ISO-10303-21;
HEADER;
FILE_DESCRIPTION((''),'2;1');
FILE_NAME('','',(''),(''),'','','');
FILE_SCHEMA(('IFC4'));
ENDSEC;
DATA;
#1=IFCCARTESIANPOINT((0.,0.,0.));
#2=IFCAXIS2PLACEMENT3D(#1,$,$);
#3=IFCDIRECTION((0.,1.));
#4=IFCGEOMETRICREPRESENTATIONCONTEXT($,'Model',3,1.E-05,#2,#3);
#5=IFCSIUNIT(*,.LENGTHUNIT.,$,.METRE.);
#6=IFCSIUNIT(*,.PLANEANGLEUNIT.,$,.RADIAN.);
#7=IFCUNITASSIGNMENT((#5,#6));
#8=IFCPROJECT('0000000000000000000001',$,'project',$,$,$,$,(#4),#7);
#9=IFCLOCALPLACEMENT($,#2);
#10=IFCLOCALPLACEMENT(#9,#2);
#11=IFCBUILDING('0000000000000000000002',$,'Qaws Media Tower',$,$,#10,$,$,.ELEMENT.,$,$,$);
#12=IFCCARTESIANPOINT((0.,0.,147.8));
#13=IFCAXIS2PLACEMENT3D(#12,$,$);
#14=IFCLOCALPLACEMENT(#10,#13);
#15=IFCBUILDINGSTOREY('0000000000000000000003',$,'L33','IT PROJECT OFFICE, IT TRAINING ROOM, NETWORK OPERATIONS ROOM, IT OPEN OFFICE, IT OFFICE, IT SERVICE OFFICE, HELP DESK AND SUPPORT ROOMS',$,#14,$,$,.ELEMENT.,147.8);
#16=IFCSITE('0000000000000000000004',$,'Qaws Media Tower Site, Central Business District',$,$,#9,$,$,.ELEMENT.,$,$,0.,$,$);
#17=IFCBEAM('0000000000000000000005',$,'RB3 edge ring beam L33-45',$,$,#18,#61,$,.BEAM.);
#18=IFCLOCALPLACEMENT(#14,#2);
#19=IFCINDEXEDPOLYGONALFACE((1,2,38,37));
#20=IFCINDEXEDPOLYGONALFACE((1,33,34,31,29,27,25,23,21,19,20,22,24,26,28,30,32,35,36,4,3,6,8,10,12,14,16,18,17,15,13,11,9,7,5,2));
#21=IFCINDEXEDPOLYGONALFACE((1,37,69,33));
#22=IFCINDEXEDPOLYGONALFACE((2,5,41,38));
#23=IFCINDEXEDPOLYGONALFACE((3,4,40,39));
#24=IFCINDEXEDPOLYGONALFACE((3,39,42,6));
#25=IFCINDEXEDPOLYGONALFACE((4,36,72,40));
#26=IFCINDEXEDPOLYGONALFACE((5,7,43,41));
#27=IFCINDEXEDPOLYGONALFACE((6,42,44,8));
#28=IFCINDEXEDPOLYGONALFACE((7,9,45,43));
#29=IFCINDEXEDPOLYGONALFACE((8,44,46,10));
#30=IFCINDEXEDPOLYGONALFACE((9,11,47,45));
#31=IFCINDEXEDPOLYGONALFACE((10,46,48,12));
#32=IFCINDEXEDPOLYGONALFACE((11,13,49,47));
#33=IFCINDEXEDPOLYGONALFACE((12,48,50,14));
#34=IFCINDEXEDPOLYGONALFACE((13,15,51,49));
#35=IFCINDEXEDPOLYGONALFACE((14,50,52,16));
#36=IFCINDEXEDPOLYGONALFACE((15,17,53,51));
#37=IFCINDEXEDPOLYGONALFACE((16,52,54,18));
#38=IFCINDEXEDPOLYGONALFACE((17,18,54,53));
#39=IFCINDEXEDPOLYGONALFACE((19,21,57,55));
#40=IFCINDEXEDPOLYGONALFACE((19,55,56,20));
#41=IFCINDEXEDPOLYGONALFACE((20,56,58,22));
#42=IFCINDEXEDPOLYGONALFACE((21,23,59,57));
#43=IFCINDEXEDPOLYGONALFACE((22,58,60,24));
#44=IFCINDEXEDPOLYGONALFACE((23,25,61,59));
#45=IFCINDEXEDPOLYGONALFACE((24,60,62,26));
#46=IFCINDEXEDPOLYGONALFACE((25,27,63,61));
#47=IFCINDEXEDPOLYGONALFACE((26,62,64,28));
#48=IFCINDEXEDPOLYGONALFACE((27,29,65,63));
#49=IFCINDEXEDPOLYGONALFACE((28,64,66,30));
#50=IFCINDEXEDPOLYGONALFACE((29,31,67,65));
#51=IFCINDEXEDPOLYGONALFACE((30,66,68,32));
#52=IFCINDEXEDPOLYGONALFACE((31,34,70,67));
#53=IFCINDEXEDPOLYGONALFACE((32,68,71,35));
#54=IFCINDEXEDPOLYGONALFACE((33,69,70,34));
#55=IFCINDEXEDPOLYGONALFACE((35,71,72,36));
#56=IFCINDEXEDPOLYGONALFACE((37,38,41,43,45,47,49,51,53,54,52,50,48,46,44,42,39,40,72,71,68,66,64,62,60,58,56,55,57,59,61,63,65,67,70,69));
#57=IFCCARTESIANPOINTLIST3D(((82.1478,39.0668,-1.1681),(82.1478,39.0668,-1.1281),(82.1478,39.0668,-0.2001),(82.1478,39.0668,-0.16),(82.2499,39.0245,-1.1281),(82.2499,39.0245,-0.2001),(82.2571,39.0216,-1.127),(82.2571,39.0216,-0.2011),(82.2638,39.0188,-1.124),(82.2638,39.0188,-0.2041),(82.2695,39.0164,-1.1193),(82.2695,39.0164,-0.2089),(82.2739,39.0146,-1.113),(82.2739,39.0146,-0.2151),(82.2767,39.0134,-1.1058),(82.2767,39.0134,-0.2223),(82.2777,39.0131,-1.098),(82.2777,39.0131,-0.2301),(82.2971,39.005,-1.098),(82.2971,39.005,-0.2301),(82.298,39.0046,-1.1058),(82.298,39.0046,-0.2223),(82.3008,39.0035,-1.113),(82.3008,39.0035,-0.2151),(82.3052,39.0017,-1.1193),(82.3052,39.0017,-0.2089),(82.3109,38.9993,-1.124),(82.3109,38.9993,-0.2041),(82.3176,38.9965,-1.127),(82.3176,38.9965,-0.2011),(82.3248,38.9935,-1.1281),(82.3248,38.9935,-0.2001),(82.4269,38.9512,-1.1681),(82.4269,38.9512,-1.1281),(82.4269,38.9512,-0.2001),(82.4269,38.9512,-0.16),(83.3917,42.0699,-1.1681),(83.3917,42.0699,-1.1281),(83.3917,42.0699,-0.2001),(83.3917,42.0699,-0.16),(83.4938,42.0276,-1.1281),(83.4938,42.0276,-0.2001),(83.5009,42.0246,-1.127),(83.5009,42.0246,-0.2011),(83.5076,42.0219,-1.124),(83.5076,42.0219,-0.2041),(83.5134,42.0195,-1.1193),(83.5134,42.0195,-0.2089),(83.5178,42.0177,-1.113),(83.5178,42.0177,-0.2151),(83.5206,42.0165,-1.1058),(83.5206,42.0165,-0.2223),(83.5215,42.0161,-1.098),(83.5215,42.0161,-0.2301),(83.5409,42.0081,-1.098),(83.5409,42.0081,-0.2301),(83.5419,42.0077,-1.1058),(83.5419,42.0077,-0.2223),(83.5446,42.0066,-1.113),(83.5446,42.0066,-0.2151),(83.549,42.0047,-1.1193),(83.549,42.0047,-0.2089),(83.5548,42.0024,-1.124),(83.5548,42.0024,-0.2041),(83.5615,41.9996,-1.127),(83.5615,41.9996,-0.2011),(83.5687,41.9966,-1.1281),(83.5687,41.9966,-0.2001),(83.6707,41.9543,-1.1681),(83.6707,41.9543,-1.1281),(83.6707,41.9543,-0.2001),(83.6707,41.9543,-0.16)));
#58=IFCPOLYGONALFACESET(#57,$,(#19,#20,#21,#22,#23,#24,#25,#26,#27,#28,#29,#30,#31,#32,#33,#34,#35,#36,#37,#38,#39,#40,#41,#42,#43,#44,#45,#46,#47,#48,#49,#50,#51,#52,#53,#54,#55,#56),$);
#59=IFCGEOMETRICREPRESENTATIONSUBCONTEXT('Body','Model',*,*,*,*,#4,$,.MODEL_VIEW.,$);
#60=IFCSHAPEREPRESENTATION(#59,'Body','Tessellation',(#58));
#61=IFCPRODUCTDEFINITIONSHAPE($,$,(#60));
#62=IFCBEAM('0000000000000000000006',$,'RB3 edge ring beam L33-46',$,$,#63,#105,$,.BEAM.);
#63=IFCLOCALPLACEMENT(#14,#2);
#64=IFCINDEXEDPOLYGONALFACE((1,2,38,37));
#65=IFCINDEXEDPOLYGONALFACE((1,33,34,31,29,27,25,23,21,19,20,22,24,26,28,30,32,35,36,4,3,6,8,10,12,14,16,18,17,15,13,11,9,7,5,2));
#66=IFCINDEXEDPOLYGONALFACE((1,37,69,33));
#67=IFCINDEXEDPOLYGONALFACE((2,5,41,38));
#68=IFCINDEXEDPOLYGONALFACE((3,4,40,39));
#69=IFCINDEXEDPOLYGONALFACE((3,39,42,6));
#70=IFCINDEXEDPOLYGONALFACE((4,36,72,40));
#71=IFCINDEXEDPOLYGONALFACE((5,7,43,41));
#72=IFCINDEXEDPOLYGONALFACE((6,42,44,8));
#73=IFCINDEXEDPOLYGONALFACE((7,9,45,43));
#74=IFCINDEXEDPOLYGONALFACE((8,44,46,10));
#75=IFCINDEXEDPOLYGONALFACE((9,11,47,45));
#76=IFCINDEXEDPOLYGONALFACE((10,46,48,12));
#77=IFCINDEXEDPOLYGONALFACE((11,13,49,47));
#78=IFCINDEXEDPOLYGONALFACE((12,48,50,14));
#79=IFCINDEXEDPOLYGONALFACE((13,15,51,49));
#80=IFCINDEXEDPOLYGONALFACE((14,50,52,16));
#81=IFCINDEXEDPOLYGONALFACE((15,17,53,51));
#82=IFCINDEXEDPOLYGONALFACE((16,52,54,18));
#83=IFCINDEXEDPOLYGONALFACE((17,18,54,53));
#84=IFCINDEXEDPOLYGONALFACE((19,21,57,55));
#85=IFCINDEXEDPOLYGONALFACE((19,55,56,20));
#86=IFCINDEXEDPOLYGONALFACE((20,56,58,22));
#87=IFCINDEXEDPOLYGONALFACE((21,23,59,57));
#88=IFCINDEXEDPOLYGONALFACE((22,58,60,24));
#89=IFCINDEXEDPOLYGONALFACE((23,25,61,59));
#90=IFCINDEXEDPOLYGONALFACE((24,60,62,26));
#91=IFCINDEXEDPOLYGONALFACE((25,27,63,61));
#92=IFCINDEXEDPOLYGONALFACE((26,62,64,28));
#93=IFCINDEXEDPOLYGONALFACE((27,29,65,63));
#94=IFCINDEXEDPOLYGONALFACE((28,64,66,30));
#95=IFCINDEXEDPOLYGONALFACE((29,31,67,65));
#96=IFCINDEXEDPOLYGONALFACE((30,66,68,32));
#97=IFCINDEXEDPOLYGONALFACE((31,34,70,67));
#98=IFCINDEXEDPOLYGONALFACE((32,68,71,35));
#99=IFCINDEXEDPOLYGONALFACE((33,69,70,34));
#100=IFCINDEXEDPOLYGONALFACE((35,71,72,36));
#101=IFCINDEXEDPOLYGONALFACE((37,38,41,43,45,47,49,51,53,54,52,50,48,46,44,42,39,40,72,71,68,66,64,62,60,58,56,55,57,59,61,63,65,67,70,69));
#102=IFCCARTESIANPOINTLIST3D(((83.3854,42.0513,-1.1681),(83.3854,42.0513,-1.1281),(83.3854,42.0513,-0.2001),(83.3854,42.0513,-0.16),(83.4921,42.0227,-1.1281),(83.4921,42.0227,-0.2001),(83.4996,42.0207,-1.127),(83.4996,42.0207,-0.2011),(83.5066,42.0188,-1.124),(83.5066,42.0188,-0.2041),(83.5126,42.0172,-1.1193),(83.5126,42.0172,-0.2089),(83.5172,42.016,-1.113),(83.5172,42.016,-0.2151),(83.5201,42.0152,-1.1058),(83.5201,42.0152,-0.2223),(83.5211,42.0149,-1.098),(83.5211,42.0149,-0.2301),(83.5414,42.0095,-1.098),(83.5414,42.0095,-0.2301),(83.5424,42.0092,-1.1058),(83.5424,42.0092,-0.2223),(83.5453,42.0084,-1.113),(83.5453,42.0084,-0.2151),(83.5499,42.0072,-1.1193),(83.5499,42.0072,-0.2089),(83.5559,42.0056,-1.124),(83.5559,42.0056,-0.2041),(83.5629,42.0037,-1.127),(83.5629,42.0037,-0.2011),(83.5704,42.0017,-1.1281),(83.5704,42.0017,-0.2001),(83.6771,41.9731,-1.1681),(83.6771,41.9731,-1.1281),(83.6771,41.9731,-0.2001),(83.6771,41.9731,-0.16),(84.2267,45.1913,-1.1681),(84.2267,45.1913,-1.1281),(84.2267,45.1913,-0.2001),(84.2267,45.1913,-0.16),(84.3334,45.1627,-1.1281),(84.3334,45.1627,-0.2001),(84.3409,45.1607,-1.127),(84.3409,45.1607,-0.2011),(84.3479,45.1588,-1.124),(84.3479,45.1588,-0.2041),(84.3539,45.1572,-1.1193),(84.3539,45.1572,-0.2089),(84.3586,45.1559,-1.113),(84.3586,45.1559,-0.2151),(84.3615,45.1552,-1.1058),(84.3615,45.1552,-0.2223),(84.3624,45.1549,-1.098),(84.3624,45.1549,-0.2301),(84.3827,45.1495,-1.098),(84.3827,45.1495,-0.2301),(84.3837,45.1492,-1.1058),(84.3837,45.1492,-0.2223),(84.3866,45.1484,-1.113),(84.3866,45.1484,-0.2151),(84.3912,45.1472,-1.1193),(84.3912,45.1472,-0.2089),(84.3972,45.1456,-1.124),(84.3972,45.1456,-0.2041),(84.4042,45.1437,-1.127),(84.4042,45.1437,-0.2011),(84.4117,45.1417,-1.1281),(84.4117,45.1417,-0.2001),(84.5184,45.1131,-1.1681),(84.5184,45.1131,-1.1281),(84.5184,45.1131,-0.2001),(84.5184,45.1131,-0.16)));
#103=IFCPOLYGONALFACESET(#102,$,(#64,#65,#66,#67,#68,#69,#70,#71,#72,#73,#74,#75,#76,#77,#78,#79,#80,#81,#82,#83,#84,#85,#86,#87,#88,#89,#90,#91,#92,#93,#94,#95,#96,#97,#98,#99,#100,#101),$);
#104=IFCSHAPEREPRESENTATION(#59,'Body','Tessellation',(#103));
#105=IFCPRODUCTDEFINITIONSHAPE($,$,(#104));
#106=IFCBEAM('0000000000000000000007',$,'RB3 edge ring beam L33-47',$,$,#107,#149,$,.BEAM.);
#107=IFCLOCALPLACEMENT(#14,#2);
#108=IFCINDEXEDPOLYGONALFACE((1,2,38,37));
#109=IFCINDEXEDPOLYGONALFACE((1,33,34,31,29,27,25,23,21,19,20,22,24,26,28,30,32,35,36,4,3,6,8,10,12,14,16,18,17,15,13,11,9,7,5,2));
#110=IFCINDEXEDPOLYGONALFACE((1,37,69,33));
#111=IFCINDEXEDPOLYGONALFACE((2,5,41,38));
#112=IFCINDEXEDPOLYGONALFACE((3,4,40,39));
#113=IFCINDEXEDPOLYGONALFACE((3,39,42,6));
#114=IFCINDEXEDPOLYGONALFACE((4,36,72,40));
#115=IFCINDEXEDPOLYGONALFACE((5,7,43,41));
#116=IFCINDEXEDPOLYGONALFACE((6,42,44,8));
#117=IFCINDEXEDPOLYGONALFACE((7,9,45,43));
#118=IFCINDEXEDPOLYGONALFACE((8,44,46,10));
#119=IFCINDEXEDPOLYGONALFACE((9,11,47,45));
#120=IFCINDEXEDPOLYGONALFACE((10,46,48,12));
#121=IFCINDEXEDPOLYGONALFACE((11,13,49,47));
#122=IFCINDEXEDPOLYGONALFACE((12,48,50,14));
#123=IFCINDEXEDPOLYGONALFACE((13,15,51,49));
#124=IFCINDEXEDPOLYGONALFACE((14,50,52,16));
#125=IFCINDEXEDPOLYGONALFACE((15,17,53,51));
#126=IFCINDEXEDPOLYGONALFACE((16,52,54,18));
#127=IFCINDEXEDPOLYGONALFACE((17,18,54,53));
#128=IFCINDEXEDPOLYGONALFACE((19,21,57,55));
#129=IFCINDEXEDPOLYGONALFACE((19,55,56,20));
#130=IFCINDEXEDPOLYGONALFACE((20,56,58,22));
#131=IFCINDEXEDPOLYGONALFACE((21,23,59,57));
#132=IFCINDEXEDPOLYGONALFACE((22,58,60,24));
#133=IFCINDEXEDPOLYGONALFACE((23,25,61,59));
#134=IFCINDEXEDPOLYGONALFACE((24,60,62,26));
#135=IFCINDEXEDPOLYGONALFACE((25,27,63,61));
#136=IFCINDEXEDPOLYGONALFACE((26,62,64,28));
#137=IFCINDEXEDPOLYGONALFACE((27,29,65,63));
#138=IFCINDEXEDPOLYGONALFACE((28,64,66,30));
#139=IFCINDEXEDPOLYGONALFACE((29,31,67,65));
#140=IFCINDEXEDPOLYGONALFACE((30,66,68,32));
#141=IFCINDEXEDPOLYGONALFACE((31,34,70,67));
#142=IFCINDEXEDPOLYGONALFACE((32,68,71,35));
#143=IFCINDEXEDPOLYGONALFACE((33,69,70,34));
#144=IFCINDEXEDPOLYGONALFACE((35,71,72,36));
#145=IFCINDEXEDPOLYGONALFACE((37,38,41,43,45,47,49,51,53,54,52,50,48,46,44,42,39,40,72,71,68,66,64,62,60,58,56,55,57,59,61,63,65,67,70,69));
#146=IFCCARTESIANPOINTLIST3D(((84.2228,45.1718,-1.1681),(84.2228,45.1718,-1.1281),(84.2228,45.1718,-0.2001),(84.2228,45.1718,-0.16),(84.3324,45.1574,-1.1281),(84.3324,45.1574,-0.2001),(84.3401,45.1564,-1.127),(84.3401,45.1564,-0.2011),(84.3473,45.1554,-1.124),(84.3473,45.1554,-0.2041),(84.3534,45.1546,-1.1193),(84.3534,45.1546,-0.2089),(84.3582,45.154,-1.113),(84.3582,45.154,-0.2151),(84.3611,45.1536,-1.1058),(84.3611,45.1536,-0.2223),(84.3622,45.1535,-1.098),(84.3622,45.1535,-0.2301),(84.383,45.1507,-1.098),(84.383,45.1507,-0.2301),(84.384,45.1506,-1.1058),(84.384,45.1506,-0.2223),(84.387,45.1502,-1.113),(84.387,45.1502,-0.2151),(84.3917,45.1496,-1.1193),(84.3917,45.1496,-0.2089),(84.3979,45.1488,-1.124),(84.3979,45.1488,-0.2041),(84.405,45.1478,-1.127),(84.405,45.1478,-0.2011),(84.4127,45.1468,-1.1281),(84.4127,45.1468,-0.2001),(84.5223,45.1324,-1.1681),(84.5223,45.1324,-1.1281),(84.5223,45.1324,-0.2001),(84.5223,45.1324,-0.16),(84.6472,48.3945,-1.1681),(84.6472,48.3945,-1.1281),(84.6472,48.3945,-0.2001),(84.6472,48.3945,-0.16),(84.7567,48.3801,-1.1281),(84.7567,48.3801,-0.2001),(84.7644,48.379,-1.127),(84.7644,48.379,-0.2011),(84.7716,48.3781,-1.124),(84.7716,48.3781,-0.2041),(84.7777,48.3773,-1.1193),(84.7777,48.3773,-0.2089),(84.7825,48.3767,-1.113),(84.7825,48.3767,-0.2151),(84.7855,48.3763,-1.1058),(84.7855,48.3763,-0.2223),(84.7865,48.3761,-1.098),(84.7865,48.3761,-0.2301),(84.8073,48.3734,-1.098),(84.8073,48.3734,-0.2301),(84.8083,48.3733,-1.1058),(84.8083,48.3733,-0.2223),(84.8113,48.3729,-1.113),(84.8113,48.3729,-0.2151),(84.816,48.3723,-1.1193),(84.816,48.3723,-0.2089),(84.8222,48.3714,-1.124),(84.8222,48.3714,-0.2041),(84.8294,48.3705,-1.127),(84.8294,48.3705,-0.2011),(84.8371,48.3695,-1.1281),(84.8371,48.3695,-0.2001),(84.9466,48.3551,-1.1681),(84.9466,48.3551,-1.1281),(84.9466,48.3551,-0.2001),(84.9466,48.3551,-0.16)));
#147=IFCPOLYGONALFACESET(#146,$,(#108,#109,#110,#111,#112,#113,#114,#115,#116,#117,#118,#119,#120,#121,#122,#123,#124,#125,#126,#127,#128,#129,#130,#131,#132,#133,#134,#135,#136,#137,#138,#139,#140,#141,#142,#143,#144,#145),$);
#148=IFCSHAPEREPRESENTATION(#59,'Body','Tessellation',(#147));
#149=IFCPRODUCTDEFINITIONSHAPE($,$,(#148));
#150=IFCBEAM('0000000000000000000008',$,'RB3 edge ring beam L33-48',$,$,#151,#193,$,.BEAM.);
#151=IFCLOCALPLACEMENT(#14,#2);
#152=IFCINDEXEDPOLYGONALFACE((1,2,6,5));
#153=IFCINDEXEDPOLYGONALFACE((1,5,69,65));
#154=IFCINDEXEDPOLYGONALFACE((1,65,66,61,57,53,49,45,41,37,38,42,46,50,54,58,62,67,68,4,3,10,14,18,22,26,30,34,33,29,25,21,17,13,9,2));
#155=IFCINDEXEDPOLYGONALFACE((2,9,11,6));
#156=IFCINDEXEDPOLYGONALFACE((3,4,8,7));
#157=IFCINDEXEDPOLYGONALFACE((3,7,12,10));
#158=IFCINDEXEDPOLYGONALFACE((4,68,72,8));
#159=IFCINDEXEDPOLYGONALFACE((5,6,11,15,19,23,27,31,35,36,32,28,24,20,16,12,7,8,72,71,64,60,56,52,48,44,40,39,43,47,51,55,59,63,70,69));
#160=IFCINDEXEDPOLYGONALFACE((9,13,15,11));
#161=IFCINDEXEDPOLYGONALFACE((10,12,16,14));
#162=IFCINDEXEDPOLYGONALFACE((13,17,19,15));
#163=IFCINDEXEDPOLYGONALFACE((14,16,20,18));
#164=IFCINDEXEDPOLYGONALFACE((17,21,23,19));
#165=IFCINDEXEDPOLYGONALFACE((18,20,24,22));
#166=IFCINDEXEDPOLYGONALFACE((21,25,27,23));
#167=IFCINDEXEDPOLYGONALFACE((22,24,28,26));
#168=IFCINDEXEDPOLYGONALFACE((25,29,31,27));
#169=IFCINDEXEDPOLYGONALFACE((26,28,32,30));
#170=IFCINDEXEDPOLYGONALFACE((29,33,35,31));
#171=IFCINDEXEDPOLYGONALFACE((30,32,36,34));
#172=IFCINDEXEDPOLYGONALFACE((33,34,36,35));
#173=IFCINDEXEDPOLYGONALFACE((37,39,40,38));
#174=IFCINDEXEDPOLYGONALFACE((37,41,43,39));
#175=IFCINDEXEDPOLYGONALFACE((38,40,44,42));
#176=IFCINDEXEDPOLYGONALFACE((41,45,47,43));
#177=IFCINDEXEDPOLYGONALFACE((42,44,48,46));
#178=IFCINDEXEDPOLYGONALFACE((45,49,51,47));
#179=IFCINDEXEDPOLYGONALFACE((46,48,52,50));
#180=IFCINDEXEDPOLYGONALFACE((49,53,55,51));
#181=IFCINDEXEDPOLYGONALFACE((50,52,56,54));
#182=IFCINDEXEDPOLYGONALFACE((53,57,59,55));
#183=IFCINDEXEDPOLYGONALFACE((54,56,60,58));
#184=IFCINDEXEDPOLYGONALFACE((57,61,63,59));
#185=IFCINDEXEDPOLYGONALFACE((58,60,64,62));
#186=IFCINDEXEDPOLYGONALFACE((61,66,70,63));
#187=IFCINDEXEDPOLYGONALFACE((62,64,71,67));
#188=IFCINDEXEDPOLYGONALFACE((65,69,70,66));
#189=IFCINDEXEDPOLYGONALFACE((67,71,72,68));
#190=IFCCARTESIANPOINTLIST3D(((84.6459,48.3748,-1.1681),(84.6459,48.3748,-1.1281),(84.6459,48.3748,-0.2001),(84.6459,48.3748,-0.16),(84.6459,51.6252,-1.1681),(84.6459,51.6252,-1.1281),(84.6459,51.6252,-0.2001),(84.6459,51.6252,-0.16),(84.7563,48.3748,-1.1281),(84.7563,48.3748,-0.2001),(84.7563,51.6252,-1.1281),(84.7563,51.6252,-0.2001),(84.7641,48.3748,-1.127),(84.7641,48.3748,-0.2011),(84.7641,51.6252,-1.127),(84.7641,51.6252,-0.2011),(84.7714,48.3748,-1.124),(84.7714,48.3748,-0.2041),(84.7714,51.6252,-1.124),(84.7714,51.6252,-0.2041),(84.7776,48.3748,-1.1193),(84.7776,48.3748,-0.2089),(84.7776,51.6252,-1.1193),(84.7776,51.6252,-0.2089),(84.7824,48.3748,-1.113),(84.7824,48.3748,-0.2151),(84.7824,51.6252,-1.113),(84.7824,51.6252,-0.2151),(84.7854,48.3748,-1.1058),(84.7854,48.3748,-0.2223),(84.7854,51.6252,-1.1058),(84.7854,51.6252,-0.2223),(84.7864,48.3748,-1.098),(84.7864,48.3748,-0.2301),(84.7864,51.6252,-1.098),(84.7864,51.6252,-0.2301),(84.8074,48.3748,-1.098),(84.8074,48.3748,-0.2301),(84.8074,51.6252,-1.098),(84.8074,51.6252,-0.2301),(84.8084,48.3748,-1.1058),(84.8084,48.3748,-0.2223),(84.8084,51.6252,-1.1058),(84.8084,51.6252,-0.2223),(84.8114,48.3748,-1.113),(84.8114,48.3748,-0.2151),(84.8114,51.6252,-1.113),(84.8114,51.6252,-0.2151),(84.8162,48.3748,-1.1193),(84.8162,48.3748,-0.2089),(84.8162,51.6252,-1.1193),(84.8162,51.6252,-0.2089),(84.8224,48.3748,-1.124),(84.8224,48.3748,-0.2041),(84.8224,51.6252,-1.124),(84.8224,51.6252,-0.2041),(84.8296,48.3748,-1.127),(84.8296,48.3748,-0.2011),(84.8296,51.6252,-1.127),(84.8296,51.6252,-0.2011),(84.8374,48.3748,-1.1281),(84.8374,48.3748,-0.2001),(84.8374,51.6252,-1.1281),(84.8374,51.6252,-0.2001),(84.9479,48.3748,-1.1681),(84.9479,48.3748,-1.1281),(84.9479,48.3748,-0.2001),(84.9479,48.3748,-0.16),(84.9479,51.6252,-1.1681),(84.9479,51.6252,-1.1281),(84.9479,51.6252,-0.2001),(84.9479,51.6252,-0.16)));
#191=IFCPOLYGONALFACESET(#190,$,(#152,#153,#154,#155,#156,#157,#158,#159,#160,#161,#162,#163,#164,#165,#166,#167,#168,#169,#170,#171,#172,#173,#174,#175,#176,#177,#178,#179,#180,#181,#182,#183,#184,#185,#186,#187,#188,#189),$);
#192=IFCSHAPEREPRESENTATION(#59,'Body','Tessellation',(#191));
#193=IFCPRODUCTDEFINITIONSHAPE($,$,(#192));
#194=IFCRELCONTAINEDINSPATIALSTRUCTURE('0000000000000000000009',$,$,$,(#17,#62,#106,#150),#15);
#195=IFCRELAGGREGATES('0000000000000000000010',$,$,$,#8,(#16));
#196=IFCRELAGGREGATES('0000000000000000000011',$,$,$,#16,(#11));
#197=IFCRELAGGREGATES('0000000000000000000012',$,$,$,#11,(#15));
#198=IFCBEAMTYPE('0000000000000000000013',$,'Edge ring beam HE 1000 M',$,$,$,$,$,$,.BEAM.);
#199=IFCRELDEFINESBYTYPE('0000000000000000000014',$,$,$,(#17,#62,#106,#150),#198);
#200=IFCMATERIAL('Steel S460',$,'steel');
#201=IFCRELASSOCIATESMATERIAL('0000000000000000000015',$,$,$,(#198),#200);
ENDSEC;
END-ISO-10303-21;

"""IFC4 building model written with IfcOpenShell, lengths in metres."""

from ifc_helpers import new_model, si_unit, direction, frame, origin, origin_2d, place, context, subcontext, project, spatial, i_section, extrude, material, material_profile, profile_set, type_object, element, save


model = new_model("IFC4")

# Units and contexts
model_context = context("Model", 3, precision=1e-05, world=origin(), true_north=direction((0.0, 1.0)))
body_context = subcontext(model_context, "Body", "Model", "MODEL_VIEW")
ifc_project = project(units=[si_unit("LENGTHUNIT", "METRE"), si_unit("PLANEANGLEUNIT", "RADIAN")], contexts=[model_context])

# Site, building, storey
site_placement = place(None, origin())
site = spatial("IfcSite", under=ifc_project, at=site_placement, Name="Qaws Media Tower Site, Central Business District", CompositionType="ELEMENT", RefElevation=0.0)
building_placement = place(site_placement, origin())
building = spatial("IfcBuilding", under=site, at=building_placement, Name="Qaws Media Tower", CompositionType="ELEMENT")
storey_placement = place(building_placement, frame((0.0, 0.0, 147.8)))
storey = spatial("IfcBuildingStorey", under=building, at=storey_placement, Name="L33", Description="IT PROJECT OFFICE, IT TRAINING ROOM, NETWORK OPERATIONS ROOM, IT OPEN OFFICE, IT OFFICE, IT SERVICE OFFICE, HELP DESK AND SUPPORT ROOMS", CompositionType="ELEMENT", Elevation=147.8)

# Beams
ifc_material_1 = material(Name="Steel S460", Category="steel")
ifc_material_profile_1 = material_profile(ifc_material_1, i_section(OverallWidth=0.302, OverallDepth=1.0081, WebThickness=0.021, FlangeThickness=0.04, FilletRadius=0.03, at=origin_2d()), Name="HE 1000 M")
ifc_profile_set_1 = profile_set([ifc_material_profile_1], Name="Steel S460")
beam_type_1 = type_object("IfcBeamType", Name="Edge ring beam HE 1000 M", PredefinedType="BEAM", material=ifc_profile_set_1)
beam_1_placement = place(storey_placement, frame((82.2874, 39.009, -0.6641), z_axis=(0.382668, 0.923886, 0.0), x_axis=(-0.923886, 0.382668, 0.0)))
element("IfcBeam", 1, at=beam_1_placement, inside=storey, type_object=beam_type_1, Name="RB3 edge ring beam L33-45", PredefinedType="BEAM", context=body_context, shape_type="SweptSolid", body=[
    extrude(i_section(OverallWidth=0.302, OverallDepth=1.0081, WebThickness=0.021, FlangeThickness=0.04, FilletRadius=0.03, at=origin_2d()), origin(), (0.0, 0.0, 1.0), 3.2505),
])
beam_2_placement = place(storey_placement, frame((83.5312, 42.0122, -0.6641), z_axis=(0.258812, 0.965928, 0.0), x_axis=(-0.965928, 0.258812, 0.0)))
element("IfcBeam", 2, at=beam_2_placement, inside=storey, type_object=beam_type_1, Name="RB3 edge ring beam L33-46", PredefinedType="BEAM", context=body_context, shape_type="SweptSolid", body=[
    extrude(i_section(OverallWidth=0.302, OverallDepth=1.0081, WebThickness=0.021, FlangeThickness=0.04, FilletRadius=0.03, at=origin_2d()), origin(), (0.0, 0.0, 1.0), 3.2507),
])
for number, where, z_axis, x_axis, name in (
    (3, (84.3726, 45.1521, -0.6641), (0.13054, 0.991443, 0.0), (-0.991443, 0.13054, 0.0), "RB3 edge ring beam L33-47"),
    (4, (84.7969, 48.3748, -0.6641), (0.0, 1.0, 0.0), (-1.0, 0.0, 0.0), "RB3 edge ring beam L33-48"),
):
    element("IfcBeam", number, at=place(storey_placement, frame(where, z_axis=z_axis, x_axis=x_axis)), inside=storey, type_object=beam_type_1, Name=name, PredefinedType="BEAM", context=body_context, shape_type="SweptSolid", body=[
        extrude(i_section(OverallWidth=0.302, OverallDepth=1.0081, WebThickness=0.021, FlangeThickness=0.04, FilletRadius=0.03, at=origin_2d()), origin(), (0.0, 0.0, 1.0), 3.2505),
    ])

save(model, "model.ifc")
